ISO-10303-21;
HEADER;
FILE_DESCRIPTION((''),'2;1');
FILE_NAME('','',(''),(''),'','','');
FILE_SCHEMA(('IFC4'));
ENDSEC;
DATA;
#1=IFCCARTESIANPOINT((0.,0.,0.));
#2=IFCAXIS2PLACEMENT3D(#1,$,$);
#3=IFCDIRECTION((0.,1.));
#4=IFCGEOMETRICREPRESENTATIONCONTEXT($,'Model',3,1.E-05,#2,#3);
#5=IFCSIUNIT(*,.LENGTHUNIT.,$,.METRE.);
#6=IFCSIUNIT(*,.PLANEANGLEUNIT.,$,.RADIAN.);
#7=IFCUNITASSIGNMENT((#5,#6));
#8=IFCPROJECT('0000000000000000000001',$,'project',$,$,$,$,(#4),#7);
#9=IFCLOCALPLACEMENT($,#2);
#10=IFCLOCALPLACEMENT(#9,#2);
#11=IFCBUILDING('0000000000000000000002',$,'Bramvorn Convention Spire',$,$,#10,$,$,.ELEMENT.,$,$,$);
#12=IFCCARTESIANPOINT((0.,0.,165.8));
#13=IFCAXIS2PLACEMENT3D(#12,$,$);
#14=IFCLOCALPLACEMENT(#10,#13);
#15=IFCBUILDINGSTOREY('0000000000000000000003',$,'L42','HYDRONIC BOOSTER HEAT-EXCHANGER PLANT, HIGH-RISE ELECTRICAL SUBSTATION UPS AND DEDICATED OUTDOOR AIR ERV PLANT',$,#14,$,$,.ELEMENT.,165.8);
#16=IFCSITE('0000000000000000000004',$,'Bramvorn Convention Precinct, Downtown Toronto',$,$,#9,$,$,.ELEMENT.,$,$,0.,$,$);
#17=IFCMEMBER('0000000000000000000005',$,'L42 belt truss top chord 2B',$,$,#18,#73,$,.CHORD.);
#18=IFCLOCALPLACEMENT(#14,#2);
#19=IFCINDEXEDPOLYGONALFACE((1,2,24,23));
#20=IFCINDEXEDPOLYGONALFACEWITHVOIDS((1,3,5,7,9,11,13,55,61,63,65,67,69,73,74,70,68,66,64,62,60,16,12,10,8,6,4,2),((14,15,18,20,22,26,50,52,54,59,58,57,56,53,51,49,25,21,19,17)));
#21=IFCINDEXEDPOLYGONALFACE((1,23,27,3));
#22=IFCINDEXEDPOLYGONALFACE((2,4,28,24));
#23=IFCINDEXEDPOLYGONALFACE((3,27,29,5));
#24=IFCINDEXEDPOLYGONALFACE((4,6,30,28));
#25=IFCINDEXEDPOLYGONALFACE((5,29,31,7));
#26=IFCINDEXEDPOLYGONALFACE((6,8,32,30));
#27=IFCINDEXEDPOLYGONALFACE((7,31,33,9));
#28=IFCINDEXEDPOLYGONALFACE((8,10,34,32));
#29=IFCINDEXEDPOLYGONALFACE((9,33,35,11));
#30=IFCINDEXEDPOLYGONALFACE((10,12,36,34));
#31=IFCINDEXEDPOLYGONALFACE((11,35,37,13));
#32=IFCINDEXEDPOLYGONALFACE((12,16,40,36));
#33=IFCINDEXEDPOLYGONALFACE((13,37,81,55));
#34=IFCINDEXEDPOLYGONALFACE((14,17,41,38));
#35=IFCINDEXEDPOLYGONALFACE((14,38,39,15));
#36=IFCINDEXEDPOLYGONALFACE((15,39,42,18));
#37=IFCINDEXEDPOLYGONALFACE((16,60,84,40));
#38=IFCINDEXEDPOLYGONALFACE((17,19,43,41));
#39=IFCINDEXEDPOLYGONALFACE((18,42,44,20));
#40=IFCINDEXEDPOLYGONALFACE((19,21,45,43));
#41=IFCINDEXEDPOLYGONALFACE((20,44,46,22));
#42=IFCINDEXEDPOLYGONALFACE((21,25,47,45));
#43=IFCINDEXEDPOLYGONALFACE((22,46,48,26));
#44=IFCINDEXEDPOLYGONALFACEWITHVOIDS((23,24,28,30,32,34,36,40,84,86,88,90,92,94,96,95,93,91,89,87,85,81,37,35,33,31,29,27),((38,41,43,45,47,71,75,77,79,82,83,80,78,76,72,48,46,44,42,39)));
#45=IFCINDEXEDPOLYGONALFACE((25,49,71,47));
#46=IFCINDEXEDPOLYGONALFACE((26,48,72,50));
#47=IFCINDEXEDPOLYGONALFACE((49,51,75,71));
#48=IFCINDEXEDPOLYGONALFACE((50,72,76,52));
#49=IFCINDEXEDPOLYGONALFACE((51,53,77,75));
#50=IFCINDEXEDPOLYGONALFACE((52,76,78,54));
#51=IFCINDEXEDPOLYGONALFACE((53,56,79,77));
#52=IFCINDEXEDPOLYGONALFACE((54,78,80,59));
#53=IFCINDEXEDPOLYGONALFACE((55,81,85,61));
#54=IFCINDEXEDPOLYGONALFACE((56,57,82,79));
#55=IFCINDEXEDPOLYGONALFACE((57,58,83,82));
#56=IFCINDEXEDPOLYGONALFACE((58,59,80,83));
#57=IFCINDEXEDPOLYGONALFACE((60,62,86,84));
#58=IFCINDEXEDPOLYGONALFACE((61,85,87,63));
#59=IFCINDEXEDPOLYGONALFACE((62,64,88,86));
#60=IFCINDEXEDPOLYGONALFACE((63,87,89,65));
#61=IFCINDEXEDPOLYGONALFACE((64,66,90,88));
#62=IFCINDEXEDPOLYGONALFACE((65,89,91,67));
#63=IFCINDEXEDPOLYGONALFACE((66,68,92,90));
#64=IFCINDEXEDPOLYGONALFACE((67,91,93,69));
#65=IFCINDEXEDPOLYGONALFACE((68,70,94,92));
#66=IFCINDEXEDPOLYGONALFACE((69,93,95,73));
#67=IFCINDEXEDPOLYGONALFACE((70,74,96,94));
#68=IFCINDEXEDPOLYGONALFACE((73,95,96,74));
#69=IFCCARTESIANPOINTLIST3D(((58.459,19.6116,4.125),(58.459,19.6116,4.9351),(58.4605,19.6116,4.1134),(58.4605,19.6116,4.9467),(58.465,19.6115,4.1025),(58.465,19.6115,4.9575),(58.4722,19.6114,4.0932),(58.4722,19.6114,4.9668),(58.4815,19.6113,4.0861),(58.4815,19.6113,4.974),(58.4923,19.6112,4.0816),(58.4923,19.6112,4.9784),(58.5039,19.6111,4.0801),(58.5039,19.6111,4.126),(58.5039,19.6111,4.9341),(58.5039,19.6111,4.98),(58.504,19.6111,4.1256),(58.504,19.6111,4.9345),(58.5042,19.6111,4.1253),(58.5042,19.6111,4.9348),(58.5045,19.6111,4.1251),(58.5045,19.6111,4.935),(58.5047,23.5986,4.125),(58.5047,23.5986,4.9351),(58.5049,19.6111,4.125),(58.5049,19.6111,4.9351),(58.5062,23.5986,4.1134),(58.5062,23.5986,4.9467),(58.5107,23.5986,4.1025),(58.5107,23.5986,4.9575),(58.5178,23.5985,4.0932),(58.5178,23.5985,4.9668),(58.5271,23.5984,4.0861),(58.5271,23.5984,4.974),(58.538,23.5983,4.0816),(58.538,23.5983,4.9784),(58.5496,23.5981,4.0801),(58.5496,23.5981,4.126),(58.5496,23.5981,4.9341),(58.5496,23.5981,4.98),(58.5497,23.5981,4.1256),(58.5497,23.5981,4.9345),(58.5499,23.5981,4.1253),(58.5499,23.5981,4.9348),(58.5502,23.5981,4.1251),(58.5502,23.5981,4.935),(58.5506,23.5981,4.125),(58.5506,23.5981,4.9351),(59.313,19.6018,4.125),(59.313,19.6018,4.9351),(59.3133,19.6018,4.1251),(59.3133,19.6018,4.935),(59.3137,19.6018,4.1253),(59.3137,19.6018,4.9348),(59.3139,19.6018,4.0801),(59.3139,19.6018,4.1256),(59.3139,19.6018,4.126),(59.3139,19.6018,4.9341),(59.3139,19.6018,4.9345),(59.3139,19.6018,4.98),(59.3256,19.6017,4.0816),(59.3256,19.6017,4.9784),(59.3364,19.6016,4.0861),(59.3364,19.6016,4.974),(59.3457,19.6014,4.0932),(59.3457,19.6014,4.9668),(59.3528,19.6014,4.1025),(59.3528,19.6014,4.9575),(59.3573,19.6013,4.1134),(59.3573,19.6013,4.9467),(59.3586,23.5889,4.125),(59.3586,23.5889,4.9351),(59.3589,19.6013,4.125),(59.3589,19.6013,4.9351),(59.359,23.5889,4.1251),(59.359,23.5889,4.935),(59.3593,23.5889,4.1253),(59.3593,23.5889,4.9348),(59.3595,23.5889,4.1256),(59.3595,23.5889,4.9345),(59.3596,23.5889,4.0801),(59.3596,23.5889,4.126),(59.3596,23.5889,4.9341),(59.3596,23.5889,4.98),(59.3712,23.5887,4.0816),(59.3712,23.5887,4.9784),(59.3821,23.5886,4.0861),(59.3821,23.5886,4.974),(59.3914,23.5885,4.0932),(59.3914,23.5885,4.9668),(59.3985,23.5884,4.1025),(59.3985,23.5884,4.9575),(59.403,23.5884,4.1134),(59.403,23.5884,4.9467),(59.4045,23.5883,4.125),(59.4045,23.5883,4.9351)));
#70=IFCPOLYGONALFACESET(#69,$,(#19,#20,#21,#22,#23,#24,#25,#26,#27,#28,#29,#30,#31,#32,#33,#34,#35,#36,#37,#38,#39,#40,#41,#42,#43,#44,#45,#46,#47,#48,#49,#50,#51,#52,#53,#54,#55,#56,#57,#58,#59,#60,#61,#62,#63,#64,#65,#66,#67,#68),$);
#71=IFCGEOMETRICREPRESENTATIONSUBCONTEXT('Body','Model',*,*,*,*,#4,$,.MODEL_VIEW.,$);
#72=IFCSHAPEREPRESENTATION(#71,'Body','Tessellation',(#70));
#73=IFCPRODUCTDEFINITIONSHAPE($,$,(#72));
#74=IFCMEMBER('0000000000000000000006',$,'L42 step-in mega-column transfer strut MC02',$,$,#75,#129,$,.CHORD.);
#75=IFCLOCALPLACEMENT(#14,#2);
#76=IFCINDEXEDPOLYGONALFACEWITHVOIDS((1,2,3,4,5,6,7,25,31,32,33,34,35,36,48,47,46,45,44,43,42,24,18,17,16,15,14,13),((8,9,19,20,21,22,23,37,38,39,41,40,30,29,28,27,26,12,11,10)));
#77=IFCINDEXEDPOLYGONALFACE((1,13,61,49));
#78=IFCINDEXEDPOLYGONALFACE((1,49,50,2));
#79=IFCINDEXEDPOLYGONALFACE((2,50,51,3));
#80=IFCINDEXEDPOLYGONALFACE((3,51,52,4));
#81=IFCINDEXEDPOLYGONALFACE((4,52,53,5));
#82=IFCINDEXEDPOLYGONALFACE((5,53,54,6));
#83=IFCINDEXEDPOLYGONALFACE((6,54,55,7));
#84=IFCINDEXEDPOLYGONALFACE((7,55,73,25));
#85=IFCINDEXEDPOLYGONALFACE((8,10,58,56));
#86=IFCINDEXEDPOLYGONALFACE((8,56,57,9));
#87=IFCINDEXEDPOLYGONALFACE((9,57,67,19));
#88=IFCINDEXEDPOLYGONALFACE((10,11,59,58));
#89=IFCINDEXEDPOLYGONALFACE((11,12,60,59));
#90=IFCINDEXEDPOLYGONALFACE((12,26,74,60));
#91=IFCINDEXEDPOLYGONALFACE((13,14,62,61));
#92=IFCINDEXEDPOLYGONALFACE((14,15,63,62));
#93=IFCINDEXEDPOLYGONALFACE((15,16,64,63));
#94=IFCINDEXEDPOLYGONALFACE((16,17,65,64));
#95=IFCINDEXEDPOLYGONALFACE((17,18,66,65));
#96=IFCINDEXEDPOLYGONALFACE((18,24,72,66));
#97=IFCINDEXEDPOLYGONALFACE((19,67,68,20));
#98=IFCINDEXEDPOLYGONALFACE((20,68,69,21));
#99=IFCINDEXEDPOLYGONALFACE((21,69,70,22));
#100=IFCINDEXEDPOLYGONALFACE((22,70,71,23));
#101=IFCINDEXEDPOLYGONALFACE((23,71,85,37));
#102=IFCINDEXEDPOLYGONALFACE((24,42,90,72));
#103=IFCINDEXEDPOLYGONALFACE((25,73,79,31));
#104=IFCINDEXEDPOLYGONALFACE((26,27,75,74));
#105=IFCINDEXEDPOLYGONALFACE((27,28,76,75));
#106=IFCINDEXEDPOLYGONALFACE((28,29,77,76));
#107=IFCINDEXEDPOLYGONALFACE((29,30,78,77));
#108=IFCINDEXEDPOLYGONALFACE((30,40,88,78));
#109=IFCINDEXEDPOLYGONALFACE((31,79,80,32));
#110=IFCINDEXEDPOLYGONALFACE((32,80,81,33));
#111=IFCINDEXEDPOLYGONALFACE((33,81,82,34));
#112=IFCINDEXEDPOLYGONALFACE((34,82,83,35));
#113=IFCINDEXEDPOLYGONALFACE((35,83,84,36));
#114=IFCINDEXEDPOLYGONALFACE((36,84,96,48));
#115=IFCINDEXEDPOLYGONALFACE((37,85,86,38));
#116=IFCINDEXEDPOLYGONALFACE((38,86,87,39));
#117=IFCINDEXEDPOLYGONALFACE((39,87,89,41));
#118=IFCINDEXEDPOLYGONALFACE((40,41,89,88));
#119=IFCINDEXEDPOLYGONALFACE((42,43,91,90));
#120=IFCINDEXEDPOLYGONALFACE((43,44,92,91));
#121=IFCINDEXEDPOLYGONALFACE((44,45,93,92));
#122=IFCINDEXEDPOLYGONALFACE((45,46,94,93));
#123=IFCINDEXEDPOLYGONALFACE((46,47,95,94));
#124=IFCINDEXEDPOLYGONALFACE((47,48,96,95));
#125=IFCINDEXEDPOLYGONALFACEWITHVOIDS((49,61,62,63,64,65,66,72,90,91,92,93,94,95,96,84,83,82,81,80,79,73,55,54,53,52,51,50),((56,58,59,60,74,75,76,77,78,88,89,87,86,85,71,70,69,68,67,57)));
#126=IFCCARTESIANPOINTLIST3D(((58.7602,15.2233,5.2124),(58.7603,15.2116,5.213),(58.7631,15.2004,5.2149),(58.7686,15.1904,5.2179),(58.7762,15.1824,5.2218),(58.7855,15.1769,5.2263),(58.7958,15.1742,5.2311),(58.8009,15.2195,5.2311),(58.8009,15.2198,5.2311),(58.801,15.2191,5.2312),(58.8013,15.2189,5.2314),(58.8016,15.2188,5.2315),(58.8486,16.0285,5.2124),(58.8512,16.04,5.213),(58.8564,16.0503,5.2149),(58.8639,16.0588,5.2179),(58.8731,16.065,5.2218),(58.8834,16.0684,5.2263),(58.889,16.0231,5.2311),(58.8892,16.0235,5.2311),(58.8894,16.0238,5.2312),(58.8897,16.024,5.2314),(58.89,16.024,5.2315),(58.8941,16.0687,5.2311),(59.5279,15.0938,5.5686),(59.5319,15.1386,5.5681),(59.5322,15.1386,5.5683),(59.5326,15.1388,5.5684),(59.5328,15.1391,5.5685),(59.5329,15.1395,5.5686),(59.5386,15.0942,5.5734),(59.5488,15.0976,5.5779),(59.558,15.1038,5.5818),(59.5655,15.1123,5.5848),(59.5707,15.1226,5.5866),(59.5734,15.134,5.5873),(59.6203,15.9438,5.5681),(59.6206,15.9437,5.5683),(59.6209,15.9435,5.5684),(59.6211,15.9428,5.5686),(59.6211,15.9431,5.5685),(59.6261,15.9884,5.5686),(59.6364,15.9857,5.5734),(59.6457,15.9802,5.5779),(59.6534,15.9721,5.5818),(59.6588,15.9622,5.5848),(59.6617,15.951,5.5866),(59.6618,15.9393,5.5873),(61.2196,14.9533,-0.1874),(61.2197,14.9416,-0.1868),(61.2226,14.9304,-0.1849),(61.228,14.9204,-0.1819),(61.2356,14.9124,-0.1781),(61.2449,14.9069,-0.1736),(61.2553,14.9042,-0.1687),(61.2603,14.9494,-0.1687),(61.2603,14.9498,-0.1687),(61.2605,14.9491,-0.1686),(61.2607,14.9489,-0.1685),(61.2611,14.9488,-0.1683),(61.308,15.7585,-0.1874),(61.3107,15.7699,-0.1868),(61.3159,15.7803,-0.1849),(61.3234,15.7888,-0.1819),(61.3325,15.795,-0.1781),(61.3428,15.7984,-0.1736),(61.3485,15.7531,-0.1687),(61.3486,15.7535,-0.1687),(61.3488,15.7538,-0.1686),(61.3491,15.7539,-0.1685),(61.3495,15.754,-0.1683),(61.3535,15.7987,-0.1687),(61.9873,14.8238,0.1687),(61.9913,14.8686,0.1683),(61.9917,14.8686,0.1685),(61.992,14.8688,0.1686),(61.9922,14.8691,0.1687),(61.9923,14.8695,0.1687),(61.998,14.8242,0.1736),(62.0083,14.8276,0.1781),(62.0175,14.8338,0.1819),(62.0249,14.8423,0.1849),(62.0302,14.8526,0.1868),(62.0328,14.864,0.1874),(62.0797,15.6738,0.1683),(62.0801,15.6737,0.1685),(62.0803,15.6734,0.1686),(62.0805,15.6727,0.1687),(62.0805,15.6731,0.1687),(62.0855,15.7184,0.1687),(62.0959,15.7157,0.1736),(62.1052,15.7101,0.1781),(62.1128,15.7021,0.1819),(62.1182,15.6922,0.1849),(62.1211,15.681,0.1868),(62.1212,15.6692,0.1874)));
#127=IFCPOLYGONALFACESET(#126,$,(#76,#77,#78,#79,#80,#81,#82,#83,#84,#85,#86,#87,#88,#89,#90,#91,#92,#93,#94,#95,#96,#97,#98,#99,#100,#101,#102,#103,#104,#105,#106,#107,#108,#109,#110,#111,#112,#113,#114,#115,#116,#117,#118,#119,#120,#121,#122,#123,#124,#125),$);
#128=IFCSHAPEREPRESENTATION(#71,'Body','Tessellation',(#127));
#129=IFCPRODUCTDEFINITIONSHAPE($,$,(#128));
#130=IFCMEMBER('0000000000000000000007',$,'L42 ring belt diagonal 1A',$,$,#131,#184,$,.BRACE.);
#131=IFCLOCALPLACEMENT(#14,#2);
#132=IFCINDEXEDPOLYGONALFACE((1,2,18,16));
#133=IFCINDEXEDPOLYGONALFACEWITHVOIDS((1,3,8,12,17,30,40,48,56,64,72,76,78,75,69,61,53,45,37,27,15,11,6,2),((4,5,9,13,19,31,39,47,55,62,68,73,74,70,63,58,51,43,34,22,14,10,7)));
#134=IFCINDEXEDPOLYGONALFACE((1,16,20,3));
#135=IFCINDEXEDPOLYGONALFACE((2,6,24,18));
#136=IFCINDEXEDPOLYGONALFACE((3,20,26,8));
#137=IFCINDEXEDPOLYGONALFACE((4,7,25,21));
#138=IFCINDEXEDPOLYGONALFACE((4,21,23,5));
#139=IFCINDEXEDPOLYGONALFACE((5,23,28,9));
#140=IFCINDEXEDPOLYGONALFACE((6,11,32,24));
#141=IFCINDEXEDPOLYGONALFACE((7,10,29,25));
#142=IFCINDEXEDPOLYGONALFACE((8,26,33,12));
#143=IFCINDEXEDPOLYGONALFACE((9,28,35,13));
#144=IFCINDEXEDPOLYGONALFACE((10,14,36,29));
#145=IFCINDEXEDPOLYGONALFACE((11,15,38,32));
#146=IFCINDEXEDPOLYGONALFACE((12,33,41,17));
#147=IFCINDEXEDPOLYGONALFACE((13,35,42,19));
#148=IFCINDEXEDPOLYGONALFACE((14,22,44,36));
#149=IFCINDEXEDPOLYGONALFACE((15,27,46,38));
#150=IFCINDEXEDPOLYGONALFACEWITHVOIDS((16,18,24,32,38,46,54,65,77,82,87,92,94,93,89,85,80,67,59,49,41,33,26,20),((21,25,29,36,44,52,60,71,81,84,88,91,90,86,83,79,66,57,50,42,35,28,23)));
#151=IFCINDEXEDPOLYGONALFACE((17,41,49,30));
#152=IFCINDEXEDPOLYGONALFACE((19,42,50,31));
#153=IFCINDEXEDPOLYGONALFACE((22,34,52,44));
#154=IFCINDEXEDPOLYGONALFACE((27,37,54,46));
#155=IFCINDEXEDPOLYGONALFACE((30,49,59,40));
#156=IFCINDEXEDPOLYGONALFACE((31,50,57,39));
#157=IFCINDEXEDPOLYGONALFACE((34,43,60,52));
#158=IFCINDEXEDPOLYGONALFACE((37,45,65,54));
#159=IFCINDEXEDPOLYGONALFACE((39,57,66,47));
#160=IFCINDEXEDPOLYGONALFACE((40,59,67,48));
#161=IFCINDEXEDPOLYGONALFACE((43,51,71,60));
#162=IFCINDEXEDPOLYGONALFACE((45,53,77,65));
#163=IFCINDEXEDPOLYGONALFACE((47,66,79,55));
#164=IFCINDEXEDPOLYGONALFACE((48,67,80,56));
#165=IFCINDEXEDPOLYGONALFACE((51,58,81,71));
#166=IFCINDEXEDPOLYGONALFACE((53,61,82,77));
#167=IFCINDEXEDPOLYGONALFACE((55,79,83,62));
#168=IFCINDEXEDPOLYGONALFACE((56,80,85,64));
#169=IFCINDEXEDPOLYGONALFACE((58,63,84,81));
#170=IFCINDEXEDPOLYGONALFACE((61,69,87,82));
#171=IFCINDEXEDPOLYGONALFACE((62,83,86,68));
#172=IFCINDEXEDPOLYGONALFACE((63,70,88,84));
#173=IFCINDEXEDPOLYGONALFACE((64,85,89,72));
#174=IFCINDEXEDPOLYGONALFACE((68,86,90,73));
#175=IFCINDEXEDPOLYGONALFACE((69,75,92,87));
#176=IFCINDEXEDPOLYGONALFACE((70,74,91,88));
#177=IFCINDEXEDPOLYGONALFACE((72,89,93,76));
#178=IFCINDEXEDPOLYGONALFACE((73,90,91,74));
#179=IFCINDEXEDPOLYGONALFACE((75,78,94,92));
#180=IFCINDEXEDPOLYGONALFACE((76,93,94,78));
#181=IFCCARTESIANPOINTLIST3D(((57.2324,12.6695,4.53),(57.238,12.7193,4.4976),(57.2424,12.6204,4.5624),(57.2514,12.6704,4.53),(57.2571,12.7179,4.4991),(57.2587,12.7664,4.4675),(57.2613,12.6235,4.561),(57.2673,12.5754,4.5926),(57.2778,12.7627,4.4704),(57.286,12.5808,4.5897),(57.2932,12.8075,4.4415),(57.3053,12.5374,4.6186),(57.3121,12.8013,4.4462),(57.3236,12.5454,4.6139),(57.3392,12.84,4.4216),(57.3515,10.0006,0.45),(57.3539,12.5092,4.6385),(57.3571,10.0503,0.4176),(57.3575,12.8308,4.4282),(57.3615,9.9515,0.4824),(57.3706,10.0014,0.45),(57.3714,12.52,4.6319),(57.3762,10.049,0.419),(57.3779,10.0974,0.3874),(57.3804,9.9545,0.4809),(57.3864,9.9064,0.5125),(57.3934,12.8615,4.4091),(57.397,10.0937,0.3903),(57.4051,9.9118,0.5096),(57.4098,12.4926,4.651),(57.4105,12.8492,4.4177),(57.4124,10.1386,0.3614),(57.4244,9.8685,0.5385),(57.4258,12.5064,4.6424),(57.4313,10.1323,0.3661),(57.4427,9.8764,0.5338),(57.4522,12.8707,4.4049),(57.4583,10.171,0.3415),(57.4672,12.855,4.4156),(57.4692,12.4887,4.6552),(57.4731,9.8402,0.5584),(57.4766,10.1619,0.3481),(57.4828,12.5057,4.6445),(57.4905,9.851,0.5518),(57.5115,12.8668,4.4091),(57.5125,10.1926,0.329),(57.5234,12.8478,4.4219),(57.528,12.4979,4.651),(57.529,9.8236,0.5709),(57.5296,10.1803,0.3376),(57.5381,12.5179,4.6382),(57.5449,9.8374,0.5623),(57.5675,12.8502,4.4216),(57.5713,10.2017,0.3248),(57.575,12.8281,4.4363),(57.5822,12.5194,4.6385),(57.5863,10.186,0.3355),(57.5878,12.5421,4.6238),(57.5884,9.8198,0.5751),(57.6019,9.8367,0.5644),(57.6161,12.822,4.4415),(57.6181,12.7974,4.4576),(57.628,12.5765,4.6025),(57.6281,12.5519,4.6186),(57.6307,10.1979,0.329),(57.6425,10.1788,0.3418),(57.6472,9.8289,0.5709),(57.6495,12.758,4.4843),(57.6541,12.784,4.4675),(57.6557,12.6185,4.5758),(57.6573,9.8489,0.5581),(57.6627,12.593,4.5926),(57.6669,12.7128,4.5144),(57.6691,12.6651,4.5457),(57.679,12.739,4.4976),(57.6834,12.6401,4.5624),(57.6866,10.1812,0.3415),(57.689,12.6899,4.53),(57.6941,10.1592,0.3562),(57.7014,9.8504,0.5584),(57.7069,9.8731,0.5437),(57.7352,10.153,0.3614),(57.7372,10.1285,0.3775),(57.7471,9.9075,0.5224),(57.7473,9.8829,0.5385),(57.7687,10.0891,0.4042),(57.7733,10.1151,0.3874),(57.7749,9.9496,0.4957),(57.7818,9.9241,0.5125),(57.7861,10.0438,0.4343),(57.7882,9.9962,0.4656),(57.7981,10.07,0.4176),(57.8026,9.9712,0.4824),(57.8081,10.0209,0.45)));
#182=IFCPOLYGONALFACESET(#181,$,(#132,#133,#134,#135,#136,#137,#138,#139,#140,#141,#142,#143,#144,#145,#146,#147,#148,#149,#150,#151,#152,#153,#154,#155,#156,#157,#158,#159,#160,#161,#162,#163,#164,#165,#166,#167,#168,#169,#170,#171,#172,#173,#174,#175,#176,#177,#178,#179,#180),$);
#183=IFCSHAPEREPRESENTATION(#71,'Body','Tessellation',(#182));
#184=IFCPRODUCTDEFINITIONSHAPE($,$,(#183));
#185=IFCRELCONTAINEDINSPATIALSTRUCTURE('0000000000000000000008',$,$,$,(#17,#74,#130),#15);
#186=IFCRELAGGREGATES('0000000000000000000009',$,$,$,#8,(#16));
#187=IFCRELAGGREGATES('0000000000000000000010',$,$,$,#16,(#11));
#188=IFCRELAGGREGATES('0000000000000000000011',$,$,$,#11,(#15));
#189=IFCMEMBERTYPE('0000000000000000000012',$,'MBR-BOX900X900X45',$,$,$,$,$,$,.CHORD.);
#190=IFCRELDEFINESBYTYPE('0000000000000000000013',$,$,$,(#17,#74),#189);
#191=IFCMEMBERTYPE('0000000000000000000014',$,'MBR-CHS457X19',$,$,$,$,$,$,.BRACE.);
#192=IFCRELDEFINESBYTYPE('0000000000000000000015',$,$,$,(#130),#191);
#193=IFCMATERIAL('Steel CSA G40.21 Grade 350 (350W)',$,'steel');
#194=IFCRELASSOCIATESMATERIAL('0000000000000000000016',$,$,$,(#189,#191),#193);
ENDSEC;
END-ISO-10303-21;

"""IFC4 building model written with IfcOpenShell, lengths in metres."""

from ifc_helpers import new_model, si_unit, direction, frame, origin, origin_2d, place, context, subcontext, project, spatial, hollow_rectangle, hollow_circle, extrude, material, material_profile, profile_set, type_object, element, save


model = new_model("IFC4")

# Units and contexts
model_context = context("Model", 3, precision=1e-05, world=origin(), true_north=direction((0.0, 1.0)))
body_context = subcontext(model_context, "Body", "Model", "MODEL_VIEW")
ifc_project = project(units=[si_unit("LENGTHUNIT", "METRE"), si_unit("PLANEANGLEUNIT", "RADIAN")], contexts=[model_context])

# Site, building, storey
site_placement = place(None, origin())
site = spatial("IfcSite", under=ifc_project, at=site_placement, Name="Bramvorn Convention Precinct, Downtown Toronto", CompositionType="ELEMENT", RefElevation=0.0)
building_placement = place(site_placement, origin())
building = spatial("IfcBuilding", under=site, at=building_placement, Name="Bramvorn Convention Spire", CompositionType="ELEMENT")
storey_placement = place(building_placement, frame((0.0, 0.0, 165.8)))
storey = spatial("IfcBuildingStorey", under=building, at=storey_placement, Name="L42", Description="HYDRONIC BOOSTER HEAT-EXCHANGER PLANT, HIGH-RISE ELECTRICAL SUBSTATION UPS AND DEDICATED OUTDOOR AIR ERV PLANT", CompositionType="ELEMENT", Elevation=165.8)

# Shared definitions
ifc_material_1 = material(Name="Steel CSA G40.21 Grade 350 (350W)", Category="steel")

# Members
ifc_material_profile_1 = material_profile(ifc_material_1, hollow_rectangle(XDim=0.8999, YDim=0.8999, WallThickness=0.0449, InnerFilletRadius=0.001, OuterFilletRadius=0.0449, at=origin_2d()))
ifc_profile_set_1 = profile_set([ifc_material_profile_1], Name="Steel CSA G40.21 Grade 350 (350W) - BOX900X900X45")
member_type_1 = type_object("IfcMemberType", Name="MBR-BOX900X900X45", PredefinedType="CHORD", material=ifc_profile_set_1)
for number, where, z_axis, x_axis, name in (
    (1, (58.9089, 19.6064, 4.53), (0.01145, 0.999934, 0.0), (-0.999934, 0.01145, 0.0), "L42 belt truss top chord 2B"),
):
    element("IfcMember", number, at=place(storey_placement, frame(where, z_axis=z_axis, x_axis=x_axis)), inside=storey, type_object=member_type_1, Name=name, PredefinedType="CHORD", context=body_context, shape_type="SweptSolid", body=[
        extrude(hollow_rectangle(XDim=0.8999, YDim=0.8999, WallThickness=0.0449, InnerFilletRadius=0.001, OuterFilletRadius=0.0449, at=origin_2d()), origin(), (0.0, 0.0, 1.0), 3.9873),
    ])
member_1_placement = place(storey_placement, frame((61.6704, 15.3113, 0.0), z_axis=(-0.414069, 0.04546, 0.90911), x_axis=(-0.109132, -0.994027, 0.0)))
element("IfcMember", 2, at=member_1_placement, inside=storey, type_object=member_type_1, Name="L42 step-in mega-column transfer strut MC02", PredefinedType="CHORD", context=body_context, shape_type="SweptSolid", body=[
    extrude(hollow_rectangle(XDim=0.8999, YDim=0.8999, WallThickness=0.0449, InnerFilletRadius=0.001, OuterFilletRadius=0.0449, at=origin_2d()), origin(), (0.0, 0.0, 1.0), 5.9397),
])
ifc_material_profile_2 = material_profile(ifc_material_1, hollow_circle(Radius=0.2285, WallThickness=0.019, at=origin_2d()))
ifc_profile_set_2 = profile_set([ifc_material_profile_2], Name="Steel CSA G40.21 Grade 350 (350W) - CHS457X19")
member_type_2 = type_object("IfcMemberType", Name="MBR-CHS457X19", PredefinedType="BRACE", material=ifc_profile_set_2)
member_2_placement = place(storey_placement, frame((57.5798, 10.0107, 0.45), z_axis=(-0.024429, 0.547259, 0.836607), x_axis=(-0.999005, -0.044595, 0.0)))
element("IfcMember", 3, at=member_2_placement, inside=storey, type_object=member_type_2, Name="L42 ring belt diagonal 1A", PredefinedType="BRACE", context=body_context, shape_type="SweptSolid", body=[
    extrude(hollow_circle(Radius=0.2285, WallThickness=0.019, at=origin_2d()), origin(), (0.0, 0.0, 1.0), 4.877),
])

save(model, "model.ifc")
